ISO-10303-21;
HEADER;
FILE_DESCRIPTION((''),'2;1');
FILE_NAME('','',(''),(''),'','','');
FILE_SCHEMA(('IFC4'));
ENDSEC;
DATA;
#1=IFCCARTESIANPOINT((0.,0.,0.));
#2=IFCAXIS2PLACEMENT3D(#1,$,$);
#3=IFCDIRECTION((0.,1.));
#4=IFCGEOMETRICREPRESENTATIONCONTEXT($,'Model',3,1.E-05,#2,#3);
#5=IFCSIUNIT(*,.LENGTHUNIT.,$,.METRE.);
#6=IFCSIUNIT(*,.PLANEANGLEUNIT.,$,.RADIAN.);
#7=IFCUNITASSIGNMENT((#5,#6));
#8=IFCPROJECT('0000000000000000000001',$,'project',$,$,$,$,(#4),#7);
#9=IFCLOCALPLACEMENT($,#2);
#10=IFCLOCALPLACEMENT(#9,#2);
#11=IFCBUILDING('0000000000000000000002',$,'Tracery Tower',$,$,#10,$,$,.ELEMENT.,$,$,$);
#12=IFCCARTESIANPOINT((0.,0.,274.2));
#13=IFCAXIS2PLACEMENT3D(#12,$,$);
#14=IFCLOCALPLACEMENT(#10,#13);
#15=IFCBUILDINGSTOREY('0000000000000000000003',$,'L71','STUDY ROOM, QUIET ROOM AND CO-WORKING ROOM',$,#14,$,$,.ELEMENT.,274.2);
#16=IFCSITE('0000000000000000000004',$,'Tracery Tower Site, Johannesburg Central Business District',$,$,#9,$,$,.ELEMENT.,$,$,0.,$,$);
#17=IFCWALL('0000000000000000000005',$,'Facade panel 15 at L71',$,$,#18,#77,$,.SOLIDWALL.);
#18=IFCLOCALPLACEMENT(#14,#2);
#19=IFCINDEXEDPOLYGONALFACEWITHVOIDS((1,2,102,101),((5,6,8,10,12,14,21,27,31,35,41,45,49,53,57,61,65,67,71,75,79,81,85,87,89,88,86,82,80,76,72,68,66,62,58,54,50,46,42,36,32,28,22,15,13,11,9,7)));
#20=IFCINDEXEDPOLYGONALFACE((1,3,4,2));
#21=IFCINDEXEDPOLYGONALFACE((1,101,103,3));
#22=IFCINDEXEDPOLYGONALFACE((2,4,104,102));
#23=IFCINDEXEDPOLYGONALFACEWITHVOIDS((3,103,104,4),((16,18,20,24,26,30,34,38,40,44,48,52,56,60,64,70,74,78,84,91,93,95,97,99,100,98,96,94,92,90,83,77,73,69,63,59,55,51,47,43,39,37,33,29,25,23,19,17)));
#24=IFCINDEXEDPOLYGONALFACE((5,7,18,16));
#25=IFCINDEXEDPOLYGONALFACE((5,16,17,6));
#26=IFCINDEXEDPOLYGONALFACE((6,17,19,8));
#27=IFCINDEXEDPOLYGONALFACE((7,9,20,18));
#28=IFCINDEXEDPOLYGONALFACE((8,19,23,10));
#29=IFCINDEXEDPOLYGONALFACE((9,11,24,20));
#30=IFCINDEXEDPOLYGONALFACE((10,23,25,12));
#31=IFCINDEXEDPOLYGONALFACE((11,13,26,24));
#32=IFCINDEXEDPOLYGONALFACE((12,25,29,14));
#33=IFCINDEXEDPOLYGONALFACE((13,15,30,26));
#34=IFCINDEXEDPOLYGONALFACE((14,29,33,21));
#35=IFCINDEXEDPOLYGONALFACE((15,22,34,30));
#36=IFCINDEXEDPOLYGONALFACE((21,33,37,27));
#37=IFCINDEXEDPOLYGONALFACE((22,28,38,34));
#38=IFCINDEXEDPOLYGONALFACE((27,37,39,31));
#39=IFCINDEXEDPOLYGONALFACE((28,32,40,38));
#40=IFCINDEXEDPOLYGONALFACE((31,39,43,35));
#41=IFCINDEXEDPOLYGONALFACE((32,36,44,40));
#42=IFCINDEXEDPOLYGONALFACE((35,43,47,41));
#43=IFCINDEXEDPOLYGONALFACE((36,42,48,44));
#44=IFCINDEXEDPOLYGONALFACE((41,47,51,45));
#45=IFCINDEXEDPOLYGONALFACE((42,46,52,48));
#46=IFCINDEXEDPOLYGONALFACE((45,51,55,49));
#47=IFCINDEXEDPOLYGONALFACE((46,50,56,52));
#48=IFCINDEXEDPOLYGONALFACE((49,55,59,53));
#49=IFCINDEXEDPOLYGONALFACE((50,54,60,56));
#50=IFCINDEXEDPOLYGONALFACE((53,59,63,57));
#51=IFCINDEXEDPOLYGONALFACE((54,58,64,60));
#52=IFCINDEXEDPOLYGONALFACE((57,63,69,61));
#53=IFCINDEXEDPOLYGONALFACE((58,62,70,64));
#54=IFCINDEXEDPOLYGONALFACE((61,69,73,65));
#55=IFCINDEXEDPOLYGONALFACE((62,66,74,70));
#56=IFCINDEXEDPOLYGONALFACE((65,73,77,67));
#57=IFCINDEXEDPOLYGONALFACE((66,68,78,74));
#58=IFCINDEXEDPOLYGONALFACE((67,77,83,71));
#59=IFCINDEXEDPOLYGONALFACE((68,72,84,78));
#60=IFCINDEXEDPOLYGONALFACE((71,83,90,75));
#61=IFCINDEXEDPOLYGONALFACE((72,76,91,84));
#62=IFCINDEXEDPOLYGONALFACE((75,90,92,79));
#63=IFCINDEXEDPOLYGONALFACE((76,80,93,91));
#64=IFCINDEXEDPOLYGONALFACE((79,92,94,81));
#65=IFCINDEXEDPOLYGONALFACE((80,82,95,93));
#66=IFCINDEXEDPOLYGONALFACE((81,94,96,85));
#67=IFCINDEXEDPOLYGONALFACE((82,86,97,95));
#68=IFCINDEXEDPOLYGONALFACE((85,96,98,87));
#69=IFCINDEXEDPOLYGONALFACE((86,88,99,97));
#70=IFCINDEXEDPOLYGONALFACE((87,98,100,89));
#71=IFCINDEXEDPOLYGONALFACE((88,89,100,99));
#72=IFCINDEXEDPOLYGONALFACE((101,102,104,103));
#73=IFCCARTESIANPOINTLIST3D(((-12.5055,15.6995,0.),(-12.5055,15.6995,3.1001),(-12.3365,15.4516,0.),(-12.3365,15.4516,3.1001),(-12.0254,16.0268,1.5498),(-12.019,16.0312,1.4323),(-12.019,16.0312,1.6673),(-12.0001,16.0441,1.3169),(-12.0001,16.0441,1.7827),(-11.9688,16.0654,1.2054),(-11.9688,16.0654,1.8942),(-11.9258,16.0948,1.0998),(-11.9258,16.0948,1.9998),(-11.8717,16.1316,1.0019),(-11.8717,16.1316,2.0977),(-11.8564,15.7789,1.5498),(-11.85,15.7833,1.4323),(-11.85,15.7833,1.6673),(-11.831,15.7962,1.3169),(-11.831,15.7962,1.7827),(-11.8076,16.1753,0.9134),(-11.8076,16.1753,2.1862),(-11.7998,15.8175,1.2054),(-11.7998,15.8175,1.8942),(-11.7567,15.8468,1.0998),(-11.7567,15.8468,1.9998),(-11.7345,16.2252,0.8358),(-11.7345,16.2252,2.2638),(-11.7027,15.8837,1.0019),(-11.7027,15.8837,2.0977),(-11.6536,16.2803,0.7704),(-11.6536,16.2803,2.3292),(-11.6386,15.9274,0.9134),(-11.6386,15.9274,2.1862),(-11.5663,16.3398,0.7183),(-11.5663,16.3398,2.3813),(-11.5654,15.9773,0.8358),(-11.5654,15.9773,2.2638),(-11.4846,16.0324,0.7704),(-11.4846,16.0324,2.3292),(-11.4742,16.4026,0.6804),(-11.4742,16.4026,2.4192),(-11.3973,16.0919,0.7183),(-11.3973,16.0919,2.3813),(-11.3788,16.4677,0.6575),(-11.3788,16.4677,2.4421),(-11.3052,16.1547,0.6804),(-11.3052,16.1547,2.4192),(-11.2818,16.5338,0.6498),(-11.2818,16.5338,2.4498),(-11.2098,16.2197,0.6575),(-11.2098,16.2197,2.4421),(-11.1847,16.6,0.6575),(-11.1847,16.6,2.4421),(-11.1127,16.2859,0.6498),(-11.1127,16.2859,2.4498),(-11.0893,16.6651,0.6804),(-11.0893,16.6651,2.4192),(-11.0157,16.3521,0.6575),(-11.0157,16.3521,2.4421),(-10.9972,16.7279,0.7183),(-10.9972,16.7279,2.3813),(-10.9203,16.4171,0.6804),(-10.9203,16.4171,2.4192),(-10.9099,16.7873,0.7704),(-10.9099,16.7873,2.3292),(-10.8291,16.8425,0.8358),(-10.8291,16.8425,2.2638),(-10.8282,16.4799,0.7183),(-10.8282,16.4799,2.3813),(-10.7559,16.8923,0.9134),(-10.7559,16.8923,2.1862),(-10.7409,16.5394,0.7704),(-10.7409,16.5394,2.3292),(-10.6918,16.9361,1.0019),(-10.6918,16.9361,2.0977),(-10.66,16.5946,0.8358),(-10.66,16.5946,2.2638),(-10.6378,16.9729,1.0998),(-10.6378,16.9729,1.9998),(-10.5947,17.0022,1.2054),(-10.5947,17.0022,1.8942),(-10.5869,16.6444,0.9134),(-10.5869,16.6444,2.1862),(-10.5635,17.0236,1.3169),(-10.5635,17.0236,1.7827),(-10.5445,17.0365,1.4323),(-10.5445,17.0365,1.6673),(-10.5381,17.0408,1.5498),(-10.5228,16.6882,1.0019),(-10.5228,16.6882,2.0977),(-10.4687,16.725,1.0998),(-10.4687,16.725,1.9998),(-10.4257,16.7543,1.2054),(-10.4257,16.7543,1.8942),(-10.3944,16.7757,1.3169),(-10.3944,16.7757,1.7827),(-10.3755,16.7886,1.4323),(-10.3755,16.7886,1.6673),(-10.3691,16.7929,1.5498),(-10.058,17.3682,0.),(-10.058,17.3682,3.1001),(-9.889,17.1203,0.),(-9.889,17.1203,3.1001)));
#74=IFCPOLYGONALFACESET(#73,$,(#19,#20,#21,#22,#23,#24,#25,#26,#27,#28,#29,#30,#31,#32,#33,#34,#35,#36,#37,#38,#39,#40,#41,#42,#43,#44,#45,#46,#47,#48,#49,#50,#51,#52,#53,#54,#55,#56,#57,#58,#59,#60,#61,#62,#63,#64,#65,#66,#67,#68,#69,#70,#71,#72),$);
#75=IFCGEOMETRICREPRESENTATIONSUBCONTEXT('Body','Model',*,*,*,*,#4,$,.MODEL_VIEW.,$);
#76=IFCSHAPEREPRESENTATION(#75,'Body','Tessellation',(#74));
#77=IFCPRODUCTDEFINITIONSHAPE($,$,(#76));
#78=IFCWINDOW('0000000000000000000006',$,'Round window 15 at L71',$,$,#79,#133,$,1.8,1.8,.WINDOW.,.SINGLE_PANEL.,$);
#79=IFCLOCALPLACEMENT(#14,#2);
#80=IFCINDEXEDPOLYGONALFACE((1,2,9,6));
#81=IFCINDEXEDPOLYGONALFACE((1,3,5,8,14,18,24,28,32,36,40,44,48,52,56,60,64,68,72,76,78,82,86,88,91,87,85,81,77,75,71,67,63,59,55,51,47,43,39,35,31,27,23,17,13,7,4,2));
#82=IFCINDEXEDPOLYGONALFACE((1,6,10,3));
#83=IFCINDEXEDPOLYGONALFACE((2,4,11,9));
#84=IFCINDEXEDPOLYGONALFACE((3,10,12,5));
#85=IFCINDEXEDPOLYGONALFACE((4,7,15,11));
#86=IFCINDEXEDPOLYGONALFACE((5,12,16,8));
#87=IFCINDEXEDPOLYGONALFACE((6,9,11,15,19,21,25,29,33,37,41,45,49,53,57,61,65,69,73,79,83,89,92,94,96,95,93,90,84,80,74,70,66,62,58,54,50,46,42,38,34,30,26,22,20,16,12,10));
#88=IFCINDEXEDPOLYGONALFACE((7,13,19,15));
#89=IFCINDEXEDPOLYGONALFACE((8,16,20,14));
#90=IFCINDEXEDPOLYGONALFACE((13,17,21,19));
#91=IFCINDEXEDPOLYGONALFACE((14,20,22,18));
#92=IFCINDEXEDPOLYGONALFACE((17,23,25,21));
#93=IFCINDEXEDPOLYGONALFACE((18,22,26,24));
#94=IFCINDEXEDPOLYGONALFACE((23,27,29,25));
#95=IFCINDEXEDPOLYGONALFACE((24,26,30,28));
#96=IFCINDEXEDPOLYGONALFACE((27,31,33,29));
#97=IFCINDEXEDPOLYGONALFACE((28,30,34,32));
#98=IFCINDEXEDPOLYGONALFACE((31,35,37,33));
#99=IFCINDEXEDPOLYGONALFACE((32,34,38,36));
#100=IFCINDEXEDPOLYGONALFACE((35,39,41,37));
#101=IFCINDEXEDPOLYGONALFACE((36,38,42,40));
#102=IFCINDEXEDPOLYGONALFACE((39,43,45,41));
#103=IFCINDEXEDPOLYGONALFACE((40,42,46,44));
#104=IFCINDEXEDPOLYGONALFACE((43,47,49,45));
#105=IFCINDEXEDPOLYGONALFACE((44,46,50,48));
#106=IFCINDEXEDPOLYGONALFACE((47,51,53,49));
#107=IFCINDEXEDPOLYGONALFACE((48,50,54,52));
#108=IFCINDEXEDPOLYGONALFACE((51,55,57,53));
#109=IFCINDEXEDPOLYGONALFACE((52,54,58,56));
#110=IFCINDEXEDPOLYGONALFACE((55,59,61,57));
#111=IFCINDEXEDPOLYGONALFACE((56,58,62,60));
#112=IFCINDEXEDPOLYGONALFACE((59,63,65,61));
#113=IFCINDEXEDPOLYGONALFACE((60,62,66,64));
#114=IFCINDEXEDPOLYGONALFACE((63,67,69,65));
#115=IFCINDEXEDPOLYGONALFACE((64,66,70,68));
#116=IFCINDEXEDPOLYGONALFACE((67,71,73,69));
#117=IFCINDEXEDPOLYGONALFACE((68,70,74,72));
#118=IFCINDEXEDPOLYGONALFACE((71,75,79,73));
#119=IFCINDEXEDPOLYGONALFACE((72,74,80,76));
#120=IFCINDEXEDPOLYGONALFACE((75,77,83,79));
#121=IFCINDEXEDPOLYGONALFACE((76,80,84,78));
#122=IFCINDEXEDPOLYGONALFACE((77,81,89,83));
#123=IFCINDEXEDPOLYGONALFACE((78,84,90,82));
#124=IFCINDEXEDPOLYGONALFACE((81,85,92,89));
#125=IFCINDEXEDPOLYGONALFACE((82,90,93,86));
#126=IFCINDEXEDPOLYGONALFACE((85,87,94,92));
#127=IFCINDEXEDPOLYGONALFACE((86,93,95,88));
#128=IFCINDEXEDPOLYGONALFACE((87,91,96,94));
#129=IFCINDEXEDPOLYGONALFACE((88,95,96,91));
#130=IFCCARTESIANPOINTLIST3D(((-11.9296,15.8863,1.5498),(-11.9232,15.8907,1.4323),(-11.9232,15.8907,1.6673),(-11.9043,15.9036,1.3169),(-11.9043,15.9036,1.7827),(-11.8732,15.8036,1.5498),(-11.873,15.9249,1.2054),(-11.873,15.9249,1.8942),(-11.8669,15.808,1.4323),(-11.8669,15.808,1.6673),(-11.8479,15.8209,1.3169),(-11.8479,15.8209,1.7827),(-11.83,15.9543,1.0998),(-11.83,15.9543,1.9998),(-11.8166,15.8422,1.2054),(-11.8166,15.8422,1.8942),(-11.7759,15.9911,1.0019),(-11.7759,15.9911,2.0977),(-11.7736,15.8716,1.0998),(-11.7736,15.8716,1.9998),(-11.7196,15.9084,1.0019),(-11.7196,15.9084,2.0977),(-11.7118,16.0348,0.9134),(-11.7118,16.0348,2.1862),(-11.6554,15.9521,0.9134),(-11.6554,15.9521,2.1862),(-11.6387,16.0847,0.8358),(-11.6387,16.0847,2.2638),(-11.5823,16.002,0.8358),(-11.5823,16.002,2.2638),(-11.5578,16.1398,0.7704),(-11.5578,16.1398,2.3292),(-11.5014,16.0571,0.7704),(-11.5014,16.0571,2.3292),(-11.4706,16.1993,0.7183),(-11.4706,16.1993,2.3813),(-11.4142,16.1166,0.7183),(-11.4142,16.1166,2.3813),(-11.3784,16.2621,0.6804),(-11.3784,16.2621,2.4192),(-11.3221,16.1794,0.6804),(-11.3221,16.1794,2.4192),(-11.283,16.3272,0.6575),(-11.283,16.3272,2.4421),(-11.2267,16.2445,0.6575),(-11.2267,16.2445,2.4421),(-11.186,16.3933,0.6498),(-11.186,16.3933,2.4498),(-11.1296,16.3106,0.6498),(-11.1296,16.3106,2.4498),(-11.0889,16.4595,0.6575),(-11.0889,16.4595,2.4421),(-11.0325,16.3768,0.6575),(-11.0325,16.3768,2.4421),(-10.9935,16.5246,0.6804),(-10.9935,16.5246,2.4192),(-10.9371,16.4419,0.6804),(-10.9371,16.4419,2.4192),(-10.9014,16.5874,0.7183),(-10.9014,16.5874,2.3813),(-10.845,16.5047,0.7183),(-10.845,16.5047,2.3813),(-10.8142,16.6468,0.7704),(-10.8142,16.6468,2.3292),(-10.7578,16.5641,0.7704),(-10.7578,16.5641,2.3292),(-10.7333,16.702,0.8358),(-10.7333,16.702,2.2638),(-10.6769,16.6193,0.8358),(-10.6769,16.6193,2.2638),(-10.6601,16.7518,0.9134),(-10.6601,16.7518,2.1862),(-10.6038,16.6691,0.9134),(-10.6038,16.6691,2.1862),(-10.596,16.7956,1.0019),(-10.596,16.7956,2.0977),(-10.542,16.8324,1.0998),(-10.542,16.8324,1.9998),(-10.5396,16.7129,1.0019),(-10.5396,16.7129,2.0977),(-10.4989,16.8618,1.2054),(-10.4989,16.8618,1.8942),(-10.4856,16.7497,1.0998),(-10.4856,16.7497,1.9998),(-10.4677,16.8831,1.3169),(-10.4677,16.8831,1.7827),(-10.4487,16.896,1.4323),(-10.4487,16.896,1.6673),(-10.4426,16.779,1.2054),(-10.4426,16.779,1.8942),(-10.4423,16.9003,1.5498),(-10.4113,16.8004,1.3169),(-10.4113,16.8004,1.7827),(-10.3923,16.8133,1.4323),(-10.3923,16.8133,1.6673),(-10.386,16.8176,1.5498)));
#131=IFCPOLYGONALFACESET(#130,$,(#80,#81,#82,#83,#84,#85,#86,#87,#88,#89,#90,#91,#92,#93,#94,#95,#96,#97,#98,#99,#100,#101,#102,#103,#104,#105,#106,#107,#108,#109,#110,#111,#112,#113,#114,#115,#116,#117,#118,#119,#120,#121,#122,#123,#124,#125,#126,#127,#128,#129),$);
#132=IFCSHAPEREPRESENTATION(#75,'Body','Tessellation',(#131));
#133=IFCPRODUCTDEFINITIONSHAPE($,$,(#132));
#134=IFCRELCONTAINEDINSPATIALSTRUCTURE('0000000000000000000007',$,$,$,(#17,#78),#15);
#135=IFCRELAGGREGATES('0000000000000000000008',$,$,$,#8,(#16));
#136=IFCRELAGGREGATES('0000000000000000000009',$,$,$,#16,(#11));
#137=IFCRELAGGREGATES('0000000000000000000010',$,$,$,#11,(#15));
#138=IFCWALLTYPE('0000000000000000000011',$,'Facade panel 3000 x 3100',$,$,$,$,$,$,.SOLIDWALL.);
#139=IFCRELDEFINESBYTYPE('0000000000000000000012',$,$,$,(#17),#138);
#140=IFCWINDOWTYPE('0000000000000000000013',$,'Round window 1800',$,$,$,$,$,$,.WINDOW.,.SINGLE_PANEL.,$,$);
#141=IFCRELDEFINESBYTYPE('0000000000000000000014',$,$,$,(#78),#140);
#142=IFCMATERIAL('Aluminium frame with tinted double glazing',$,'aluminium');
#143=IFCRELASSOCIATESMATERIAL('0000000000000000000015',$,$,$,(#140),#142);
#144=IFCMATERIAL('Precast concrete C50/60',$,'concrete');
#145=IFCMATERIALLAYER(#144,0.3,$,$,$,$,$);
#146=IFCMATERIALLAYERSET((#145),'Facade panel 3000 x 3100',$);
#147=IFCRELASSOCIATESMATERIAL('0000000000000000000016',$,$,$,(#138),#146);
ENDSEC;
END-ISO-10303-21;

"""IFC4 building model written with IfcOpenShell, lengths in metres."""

from ifc_helpers import new_model, si_unit, direction, frame, frame_2d, origin, origin_2d, place, context, subcontext, project, spatial, rectangle, circle, extrude, material, layer, layer_set, type_object, element, fill, save


model = new_model("IFC4")

# Units and contexts
model_context = context("Model", 3, precision=1e-05, world=origin(), true_north=direction((0.0, 1.0)))
body_context = subcontext(model_context, "Body", "Model", "MODEL_VIEW")
ifc_project = project(units=[si_unit("LENGTHUNIT", "METRE"), si_unit("PLANEANGLEUNIT", "RADIAN")], contexts=[model_context])

# Site, building, storey
site_placement = place(None, origin())
site = spatial("IfcSite", under=ifc_project, at=site_placement, Name="Tracery Tower Site, Johannesburg Central Business District", CompositionType="ELEMENT", RefElevation=0.0)
building_placement = place(site_placement, origin())
building = spatial("IfcBuilding", under=site, at=building_placement, Name="Tracery Tower", CompositionType="ELEMENT")
storey_placement = place(building_placement, frame((0.0, 0.0, 274.2)))
storey = spatial("IfcBuildingStorey", under=building, at=storey_placement, Name="L71", Description="STUDY ROOM, QUIET ROOM AND CO-WORKING ROOM", CompositionType="ELEMENT", Elevation=274.2)

# Wall, opening, window
ifc_material_1 = material(Name="Aluminium frame with tinted double glazing", Category="aluminium")
window_type = type_object("IfcWindowType", Name="Round window 1800", PartitioningType="SINGLE_PANEL", PredefinedType="WINDOW", material=ifc_material_1)
ifc_material_2 = material(Name="Precast concrete C50/60", Category="concrete")
ifc_layer_1 = layer(ifc_material_2, 0.3)
ifc_layer_set_1 = layer_set([ifc_layer_1], Name="Facade panel 3000 x 3100")
wall_type_1 = type_object("IfcWallType", Name="Facade panel 3000 x 3100", PredefinedType="SOLIDWALL", material=ifc_layer_set_1)
wall_1_placement = place(storey_placement, frame((-9.9736, 17.2441, 0.0), z_axis=(0.0, 0.0, 1.0), x_axis=(-0.826236, -0.563324, 0.0)))
wall_1 = element("IfcWall", 1, at=wall_1_placement, inside=storey, type_object=wall_type_1, Name="Facade panel 15 at L71", PredefinedType="SOLIDWALL", context=body_context, shape_type="SweptSolid", body=[
    extrude(rectangle(XDim=2.9622, YDim=0.3, at=frame_2d((1.481, 0.0))), origin(), (0.0, 0.0, 1.0), 3.1001),
])
opening_1_placement = place(wall_1_placement, frame((1.481, 0.0, 1.5498)))
opening_1 = element("IfcOpeningElement", 2, at=opening_1_placement, cuts=wall_1, PredefinedType="OPENING", context=body_context, shape_type="SweptSolid", body=[
    extrude(circle(Radius=0.9, at=origin_2d()), frame((0.0, 0.1599, 0.0), z_axis=(0.0, -1.0, 0.0), x_axis=(1.0, 0.0, 0.0)), (0.0, 0.0, 1.0), 0.3201),
])
window_1_placement = place(opening_1_placement, origin())
window_1 = element("IfcWindow", 3, at=window_1_placement, inside=storey, type_object=window_type, Name="Round window 15 at L71", OverallHeight=1.8, OverallWidth=1.8, PartitioningType="SINGLE_PANEL", PredefinedType="WINDOW", context=body_context, shape_type="SweptSolid", body=[
    extrude(circle(Radius=0.9, at=origin_2d()), frame((0.0, 0.1201, 0.0), z_axis=(0.0, -1.0, 0.0), x_axis=(1.0, 0.0, 0.0)), (0.0, 0.0, 1.0), 0.1001),
])
fill(opening_1, window_1)

save(model, "model.ifc")
